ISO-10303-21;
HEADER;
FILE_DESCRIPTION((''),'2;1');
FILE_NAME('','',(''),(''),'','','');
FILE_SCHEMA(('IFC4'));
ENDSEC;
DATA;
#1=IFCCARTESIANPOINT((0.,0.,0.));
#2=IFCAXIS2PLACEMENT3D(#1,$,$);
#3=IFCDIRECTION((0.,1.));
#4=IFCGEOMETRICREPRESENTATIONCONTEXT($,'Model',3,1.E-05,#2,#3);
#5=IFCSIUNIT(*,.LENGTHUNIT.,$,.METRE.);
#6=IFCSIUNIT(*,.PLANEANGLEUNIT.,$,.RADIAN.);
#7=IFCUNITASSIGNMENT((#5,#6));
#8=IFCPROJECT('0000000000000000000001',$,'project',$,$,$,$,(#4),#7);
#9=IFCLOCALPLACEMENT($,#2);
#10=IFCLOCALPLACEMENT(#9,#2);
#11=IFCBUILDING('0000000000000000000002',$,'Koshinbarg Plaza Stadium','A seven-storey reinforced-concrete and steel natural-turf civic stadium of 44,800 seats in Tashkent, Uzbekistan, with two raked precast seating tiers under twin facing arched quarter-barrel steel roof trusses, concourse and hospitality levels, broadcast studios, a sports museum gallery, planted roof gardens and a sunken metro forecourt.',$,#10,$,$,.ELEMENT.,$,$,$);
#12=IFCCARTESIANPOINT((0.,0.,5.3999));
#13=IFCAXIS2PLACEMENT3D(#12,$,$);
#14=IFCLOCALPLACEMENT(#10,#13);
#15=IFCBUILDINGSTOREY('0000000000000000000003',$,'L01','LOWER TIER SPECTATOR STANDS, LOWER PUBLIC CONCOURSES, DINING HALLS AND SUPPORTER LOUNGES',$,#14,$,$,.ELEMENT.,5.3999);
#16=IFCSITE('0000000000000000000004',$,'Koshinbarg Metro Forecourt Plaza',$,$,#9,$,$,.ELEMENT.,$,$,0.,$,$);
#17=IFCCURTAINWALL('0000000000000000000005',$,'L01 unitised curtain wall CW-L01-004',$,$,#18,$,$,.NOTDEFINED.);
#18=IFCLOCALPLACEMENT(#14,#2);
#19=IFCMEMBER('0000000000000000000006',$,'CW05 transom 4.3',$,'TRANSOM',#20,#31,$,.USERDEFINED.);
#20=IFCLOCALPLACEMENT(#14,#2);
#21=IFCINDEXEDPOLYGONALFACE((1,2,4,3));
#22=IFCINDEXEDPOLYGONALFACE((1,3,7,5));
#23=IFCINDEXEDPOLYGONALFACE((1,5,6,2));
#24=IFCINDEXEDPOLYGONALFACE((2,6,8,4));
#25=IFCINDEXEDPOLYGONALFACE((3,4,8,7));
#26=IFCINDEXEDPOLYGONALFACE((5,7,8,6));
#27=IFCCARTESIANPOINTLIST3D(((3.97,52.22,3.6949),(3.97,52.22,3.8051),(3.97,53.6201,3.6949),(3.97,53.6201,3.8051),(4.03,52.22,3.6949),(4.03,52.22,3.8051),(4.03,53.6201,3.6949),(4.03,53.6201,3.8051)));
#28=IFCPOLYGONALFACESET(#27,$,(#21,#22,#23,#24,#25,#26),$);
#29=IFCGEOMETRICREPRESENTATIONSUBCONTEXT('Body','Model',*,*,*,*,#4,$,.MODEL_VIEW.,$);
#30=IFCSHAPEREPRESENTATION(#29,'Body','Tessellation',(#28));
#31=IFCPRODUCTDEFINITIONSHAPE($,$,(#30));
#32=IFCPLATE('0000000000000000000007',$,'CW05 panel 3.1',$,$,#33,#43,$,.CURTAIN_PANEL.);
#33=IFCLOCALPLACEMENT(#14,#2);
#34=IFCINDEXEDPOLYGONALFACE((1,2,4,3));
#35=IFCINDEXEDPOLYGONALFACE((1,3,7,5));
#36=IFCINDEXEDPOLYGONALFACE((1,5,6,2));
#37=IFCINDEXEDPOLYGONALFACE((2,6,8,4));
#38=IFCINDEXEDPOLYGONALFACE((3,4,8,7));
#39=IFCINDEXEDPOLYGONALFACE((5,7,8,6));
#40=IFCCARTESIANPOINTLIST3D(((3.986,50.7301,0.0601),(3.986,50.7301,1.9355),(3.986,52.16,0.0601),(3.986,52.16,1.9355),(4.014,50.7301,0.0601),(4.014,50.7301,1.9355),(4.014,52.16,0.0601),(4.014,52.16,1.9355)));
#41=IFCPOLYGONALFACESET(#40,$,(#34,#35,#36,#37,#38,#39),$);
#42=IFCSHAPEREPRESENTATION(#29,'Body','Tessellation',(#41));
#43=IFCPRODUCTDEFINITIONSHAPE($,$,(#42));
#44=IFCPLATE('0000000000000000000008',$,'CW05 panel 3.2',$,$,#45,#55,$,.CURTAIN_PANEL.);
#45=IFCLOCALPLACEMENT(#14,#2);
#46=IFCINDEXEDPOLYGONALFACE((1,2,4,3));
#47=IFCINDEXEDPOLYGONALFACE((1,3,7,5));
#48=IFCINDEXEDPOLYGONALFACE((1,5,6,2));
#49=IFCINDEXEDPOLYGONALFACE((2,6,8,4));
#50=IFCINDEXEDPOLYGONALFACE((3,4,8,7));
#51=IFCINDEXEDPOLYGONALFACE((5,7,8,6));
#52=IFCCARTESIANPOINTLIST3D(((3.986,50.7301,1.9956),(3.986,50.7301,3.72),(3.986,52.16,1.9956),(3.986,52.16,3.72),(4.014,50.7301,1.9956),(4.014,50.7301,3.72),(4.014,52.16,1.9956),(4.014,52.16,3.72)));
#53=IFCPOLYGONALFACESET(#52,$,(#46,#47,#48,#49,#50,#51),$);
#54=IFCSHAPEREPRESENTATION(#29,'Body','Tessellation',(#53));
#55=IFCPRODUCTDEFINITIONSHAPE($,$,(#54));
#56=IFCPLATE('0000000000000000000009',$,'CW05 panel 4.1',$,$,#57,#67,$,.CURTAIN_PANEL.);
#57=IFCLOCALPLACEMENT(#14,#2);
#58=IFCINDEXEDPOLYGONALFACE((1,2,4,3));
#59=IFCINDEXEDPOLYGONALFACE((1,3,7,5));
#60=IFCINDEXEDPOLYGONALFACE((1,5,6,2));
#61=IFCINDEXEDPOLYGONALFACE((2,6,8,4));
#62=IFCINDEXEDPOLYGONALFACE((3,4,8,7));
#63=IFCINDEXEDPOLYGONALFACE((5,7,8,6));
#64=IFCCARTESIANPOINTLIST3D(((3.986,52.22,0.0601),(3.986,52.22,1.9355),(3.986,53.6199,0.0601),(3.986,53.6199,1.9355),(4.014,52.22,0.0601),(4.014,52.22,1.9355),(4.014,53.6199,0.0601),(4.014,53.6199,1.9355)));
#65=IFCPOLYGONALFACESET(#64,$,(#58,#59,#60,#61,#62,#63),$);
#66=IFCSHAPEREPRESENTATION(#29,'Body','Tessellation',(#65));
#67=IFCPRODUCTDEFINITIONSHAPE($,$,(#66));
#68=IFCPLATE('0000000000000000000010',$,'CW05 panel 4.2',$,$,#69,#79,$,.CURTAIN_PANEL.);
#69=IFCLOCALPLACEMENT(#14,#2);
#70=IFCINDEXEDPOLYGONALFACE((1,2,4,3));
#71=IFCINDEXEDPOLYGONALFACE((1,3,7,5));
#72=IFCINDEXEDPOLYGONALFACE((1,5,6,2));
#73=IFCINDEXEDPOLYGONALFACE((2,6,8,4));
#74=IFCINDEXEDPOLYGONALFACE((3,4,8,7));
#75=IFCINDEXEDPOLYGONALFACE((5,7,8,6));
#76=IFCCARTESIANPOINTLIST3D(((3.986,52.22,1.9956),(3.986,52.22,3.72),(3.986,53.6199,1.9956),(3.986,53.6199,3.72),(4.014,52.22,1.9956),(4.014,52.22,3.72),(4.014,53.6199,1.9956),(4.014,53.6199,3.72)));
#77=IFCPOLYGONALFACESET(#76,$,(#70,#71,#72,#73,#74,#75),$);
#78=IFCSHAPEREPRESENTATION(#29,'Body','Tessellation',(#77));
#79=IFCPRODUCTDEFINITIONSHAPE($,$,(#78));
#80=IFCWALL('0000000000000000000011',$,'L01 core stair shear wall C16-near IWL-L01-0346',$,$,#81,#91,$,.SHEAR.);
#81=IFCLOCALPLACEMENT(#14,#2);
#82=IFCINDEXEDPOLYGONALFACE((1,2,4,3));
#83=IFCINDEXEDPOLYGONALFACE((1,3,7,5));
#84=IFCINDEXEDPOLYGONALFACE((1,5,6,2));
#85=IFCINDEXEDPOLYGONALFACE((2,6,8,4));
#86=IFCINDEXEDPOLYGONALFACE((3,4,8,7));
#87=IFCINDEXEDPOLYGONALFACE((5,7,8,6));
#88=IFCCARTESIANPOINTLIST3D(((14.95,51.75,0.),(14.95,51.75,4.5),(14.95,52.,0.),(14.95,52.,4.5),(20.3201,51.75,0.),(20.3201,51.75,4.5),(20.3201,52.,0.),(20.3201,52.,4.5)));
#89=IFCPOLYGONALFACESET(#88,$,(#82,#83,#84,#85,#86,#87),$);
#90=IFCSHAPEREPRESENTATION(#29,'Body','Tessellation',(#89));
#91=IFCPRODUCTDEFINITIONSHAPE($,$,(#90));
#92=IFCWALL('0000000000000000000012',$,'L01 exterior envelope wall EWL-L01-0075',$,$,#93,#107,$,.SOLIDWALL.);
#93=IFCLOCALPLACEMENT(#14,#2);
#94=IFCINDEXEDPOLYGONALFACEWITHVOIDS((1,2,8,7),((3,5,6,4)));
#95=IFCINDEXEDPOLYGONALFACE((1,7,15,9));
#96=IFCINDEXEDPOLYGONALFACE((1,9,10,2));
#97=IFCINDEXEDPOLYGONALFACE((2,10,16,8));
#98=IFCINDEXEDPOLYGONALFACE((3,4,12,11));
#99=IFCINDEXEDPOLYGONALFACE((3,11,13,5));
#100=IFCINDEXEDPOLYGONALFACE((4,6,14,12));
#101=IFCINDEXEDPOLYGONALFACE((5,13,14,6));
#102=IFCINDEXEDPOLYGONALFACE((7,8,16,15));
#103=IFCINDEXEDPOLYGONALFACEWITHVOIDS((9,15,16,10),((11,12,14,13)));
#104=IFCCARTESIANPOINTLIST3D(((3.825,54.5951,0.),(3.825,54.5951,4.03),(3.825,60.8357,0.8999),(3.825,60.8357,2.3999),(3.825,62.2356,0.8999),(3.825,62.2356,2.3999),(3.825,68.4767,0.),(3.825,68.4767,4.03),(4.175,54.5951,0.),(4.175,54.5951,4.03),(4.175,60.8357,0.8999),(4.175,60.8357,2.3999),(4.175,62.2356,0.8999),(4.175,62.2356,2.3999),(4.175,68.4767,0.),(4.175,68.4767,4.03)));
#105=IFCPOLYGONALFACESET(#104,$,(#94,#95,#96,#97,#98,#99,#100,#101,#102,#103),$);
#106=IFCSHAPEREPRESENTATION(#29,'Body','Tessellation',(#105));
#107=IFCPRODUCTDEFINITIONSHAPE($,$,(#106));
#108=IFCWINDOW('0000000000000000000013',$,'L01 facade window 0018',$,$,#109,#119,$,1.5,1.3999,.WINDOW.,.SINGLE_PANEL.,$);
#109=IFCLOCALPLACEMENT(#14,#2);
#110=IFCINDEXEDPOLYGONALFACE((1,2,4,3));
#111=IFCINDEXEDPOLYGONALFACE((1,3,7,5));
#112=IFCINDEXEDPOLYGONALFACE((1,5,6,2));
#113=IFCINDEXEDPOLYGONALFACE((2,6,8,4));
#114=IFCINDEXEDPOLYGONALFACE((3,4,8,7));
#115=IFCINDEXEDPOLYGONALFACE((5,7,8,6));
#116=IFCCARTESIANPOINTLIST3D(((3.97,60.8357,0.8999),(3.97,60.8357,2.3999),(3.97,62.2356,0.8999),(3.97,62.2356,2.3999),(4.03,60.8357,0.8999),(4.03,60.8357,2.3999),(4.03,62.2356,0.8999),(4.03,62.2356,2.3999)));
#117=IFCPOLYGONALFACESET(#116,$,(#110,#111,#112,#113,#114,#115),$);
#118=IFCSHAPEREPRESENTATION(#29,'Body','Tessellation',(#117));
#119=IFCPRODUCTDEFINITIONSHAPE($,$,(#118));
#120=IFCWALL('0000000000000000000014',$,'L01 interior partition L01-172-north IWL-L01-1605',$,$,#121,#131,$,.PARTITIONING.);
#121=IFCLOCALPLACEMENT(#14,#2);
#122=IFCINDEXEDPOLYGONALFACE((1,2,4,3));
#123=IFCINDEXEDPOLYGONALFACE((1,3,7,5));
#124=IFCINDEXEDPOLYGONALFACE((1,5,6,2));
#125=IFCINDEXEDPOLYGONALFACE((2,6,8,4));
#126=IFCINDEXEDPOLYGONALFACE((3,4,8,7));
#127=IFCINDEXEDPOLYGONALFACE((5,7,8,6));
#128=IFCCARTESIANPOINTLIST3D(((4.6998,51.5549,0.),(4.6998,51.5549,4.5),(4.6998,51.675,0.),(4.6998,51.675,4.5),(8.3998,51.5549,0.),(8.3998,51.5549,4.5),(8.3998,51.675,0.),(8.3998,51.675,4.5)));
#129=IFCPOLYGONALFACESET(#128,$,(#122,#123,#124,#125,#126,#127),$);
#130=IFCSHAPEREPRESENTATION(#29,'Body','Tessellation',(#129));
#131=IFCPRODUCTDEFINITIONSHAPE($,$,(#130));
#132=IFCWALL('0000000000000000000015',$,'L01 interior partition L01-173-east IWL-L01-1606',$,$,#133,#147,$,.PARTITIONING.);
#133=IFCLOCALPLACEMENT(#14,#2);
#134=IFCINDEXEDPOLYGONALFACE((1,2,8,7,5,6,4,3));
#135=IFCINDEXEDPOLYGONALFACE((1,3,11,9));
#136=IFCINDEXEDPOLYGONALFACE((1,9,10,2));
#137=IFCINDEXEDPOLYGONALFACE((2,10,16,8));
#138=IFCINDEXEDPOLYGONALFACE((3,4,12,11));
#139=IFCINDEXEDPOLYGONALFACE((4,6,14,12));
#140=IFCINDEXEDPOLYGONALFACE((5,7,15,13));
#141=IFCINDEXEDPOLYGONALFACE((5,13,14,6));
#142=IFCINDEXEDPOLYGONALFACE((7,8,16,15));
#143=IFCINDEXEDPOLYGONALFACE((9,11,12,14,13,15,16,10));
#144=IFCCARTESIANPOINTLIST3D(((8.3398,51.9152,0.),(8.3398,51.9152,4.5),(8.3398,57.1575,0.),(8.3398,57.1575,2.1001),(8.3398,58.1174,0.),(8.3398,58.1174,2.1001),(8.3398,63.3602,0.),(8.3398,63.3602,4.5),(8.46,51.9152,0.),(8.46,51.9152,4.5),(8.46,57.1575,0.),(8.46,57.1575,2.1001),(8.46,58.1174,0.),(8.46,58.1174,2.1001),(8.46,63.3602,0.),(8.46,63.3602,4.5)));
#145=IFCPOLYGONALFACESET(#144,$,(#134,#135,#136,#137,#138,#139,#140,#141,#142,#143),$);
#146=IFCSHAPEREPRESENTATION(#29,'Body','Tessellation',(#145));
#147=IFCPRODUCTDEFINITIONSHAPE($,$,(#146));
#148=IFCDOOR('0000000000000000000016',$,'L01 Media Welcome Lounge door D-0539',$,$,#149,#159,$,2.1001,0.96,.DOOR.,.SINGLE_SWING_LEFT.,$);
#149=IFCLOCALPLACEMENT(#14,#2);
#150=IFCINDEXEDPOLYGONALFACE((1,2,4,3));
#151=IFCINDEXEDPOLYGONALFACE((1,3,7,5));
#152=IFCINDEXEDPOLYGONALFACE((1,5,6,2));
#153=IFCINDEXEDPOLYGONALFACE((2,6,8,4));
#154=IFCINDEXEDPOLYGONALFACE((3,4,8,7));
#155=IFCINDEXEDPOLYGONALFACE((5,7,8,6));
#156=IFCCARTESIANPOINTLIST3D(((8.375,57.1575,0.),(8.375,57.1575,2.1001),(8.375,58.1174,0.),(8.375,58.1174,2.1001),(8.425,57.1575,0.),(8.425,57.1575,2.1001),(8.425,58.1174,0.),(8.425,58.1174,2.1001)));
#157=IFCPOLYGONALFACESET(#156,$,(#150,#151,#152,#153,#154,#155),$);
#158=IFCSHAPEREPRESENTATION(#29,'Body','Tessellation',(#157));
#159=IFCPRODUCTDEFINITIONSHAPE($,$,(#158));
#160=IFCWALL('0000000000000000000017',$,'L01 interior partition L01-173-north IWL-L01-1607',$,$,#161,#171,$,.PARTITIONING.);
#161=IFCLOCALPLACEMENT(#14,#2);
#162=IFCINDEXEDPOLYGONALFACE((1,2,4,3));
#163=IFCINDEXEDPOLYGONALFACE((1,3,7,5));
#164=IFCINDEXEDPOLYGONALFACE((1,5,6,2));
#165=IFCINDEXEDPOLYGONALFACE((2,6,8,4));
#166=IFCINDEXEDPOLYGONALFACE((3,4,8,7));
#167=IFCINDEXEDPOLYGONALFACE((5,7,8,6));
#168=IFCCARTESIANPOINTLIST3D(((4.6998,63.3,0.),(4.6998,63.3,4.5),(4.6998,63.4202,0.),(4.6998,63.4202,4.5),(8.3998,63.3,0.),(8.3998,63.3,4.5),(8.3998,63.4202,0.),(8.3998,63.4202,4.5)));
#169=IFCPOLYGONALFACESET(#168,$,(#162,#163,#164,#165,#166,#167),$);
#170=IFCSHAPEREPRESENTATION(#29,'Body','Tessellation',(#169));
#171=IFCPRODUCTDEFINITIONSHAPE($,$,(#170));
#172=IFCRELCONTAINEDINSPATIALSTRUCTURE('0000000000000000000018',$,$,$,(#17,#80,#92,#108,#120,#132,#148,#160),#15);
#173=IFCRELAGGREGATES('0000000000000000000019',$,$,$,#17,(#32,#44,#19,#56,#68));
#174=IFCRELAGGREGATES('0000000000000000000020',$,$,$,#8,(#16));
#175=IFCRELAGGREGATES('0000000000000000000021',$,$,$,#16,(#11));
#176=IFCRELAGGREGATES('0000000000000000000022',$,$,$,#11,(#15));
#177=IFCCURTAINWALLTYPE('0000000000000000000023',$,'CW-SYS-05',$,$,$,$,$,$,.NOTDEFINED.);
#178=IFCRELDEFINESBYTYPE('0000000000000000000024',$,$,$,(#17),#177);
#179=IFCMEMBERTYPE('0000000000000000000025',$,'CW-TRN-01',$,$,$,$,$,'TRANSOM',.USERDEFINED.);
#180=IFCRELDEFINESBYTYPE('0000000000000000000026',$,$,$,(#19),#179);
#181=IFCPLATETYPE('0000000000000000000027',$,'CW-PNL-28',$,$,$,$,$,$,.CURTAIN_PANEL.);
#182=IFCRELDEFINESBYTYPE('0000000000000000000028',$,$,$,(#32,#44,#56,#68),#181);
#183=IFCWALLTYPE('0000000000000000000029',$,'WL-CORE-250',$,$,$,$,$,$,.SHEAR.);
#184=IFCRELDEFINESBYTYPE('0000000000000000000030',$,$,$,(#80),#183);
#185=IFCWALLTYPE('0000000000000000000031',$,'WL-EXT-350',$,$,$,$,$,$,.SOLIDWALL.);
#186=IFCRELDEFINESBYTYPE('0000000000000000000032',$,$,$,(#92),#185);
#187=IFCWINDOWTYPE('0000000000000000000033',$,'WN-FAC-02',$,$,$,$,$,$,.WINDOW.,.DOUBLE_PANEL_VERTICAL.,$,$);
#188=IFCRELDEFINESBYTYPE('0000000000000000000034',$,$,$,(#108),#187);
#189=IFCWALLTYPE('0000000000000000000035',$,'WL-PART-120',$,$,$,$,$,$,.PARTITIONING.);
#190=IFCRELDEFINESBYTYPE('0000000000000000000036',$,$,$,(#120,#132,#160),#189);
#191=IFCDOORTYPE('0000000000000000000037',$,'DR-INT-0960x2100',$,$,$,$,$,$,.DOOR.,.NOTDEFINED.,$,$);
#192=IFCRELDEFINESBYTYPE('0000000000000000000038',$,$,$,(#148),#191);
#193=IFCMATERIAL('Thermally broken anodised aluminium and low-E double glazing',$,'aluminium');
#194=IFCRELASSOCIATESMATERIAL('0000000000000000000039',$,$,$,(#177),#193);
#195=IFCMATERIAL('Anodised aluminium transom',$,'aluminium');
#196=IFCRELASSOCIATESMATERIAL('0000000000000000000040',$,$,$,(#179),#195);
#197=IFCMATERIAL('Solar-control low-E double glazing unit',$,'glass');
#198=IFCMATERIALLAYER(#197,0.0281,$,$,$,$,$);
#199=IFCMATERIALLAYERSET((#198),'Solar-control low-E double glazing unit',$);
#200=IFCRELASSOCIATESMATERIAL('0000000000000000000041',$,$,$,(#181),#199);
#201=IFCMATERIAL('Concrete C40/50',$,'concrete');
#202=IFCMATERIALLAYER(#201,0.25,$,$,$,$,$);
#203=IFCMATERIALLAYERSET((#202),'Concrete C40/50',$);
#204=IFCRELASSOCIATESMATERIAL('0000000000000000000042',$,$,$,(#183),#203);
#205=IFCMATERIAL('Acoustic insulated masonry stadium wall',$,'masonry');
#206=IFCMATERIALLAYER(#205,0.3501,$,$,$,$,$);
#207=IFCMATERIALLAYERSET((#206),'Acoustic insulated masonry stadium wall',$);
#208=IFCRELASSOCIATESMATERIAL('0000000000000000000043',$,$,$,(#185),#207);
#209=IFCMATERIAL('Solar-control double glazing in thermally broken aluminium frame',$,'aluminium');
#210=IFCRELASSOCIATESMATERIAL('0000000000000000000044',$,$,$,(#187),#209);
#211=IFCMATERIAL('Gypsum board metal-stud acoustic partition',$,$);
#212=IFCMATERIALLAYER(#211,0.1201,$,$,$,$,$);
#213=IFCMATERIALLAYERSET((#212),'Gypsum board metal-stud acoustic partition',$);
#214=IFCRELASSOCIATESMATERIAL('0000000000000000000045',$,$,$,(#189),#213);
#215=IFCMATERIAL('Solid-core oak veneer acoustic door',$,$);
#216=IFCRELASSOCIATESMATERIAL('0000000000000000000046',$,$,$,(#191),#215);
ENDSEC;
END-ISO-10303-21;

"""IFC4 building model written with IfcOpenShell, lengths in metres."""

from ifc_helpers import new_model, si_unit, direction, frame, frame_2d, origin, origin_2d, place, context, subcontext, project, spatial, rectangle, extrude, material, layer, layer_set, material_profile, profile_set, type_object, element, fill, aggregate, save


model = new_model("IFC4")

# Units and contexts
model_context = context("Model", 3, precision=1e-05, world=origin(), true_north=direction((0.0, 1.0)))
body_context = subcontext(model_context, "Body", "Model", "MODEL_VIEW")
ifc_project = project(units=[si_unit("LENGTHUNIT", "METRE"), si_unit("PLANEANGLEUNIT", "RADIAN")], contexts=[model_context])

# Site, building, storey
site_placement = place(None, origin())
site = spatial("IfcSite", under=ifc_project, at=site_placement, Name="Koshinbarg Metro Forecourt Plaza", CompositionType="ELEMENT", RefElevation=0.0)
building_placement = place(site_placement, origin())
building = spatial("IfcBuilding", under=site, at=building_placement, Name="Koshinbarg Plaza Stadium", Description="A seven-storey reinforced-concrete and steel natural-turf civic stadium of 44,800 seats in Tashkent, Uzbekistan, with two raked precast seating tiers under twin facing arched quarter-barrel steel roof trusses, concourse and hospitality levels, broadcast studios, a sports museum gallery, planted roof gardens and a sunken metro forecourt.", CompositionType="ELEMENT")
storey_placement = place(building_placement, frame((0.0, 0.0, 5.3999)))
storey = spatial("IfcBuildingStorey", under=building, at=storey_placement, Name="L01", Description="LOWER TIER SPECTATOR STANDS, LOWER PUBLIC CONCOURSES, DINING HALLS AND SUPPORTER LOUNGES", CompositionType="ELEMENT", Elevation=5.3999)

# Shared definitions
ifc_material_1 = material(Name="Concrete C40/50", Category="concrete")

# Curtain wall, member, plates
ifc_material_2 = material(Name="Thermally broken anodised aluminium and low-E double glazing", Category="aluminium")
curtain_wall_type = type_object("IfcCurtainWallType", Name="CW-SYS-05", PredefinedType="NOTDEFINED", material=ifc_material_2)
curtain_wall_placement = place(storey_placement, origin())
curtain_wall = element("IfcCurtainWall", 1, at=curtain_wall_placement, inside=storey, type_object=curtain_wall_type, Name="L01 unitised curtain wall CW-L01-004", PredefinedType="NOTDEFINED")
ifc_material_3 = material(Name="Anodised aluminium transom", Category="aluminium")
ifc_material_profile_1 = material_profile(ifc_material_3, rectangle(XDim=0.0601, YDim=0.1101, at=origin_2d()), Name="ALU 60x110")
ifc_profile_set_1 = profile_set([ifc_material_profile_1], Name="Anodised aluminium transom")
member_type_1 = type_object("IfcMemberType", Name="CW-TRN-01", ElementType="TRANSOM", PredefinedType="USERDEFINED", material=ifc_profile_set_1)
member_1_placement = place(storey_placement, frame((4.0, 52.22, 3.75), z_axis=(0.0, 1.0, 0.0), x_axis=(-1.0, 0.0, 0.0)))
member_1 = element("IfcMember", 2, at=member_1_placement, type_object=member_type_1, Name="CW05 transom 4.3", ObjectType="TRANSOM", PredefinedType="USERDEFINED", context=body_context, shape_type="SweptSolid", body=[
    extrude(rectangle(XDim=0.0601, YDim=0.1101, at=origin_2d()), origin(), (0.0, 0.0, 1.0), 1.4001),
])
ifc_material_4 = material(Name="Solar-control low-E double glazing unit", Category="glass")
ifc_layer_1 = layer(ifc_material_4, 0.0281)
ifc_layer_set_1 = layer_set([ifc_layer_1], Name="Solar-control low-E double glazing unit")
plate_type = type_object("IfcPlateType", Name="CW-PNL-28", PredefinedType="CURTAIN_PANEL", material=ifc_layer_set_1)
plate_1_placement = place(storey_placement, frame((4.0, 51.4451, 0.0601), z_axis=(0.0, 0.0, 1.0), x_axis=(0.0, 1.0, 0.0)))
plate_1 = element("IfcPlate", 3, at=plate_1_placement, type_object=plate_type, Name="CW05 panel 3.1", PredefinedType="CURTAIN_PANEL", context=body_context, shape_type="SweptSolid", body=[
    extrude(rectangle(XDim=1.4299, YDim=0.0281, at=origin_2d()), origin(), (0.0, 0.0, 1.0), 1.8755),
])
plate_2_placement = place(storey_placement, frame((4.0, 51.4451, 1.9956), z_axis=(0.0, 0.0, 1.0), x_axis=(0.0, 1.0, 0.0)))
plate_2 = element("IfcPlate", 4, at=plate_2_placement, type_object=plate_type, Name="CW05 panel 3.2", PredefinedType="CURTAIN_PANEL", context=body_context, shape_type="SweptSolid", body=[
    extrude(rectangle(XDim=1.4299, YDim=0.0281, at=origin_2d()), origin(), (0.0, 0.0, 1.0), 1.7244),
])
plate_3_placement = place(storey_placement, frame((4.0, 52.9199, 0.0601), z_axis=(0.0, 0.0, 1.0), x_axis=(0.0, 1.0, 0.0)))
plate_3 = element("IfcPlate", 5, at=plate_3_placement, type_object=plate_type, Name="CW05 panel 4.1", PredefinedType="CURTAIN_PANEL", context=body_context, shape_type="SweptSolid", body=[
    extrude(rectangle(XDim=1.3999, YDim=0.0281, at=origin_2d()), origin(), (0.0, 0.0, 1.0), 1.8755),
])
plate_4_placement = place(storey_placement, frame((4.0, 52.9199, 1.9956), z_axis=(0.0, 0.0, 1.0), x_axis=(0.0, 1.0, 0.0)))
plate_4 = element("IfcPlate", 6, at=plate_4_placement, type_object=plate_type, Name="CW05 panel 4.2", PredefinedType="CURTAIN_PANEL", context=body_context, shape_type="SweptSolid", body=[
    extrude(rectangle(XDim=1.3999, YDim=0.0281, at=origin_2d()), origin(), (0.0, 0.0, 1.0), 1.7244),
])
aggregate(curtain_wall, [plate_1, plate_2, member_1, plate_3, plate_4])

# Wall
ifc_layer_2 = layer(ifc_material_1, 0.25)
ifc_layer_set_2 = layer_set([ifc_layer_2], Name="Concrete C40/50")
wall_type_1 = type_object("IfcWallType", Name="WL-CORE-250", PredefinedType="SHEAR", material=ifc_layer_set_2)
wall_1_placement = place(storey_placement, frame((14.95, 51.875, 0.0), z_axis=(0.0, 0.0, 1.0), x_axis=(1.0, 0.0, 0.0)))
element("IfcWall", 7, at=wall_1_placement, inside=storey, type_object=wall_type_1, Name="L01 core stair shear wall C16-near IWL-L01-0346", PredefinedType="SHEAR", context=body_context, shape_type="SweptSolid", body=[
    extrude(rectangle(XDim=5.3701, YDim=0.25, at=frame_2d((2.6851, 0.0))), origin(), (0.0, 0.0, 1.0), 4.5),
])

# Wall, opening, window
ifc_material_5 = material(Name="Acoustic insulated masonry stadium wall", Category="masonry")
ifc_layer_3 = layer(ifc_material_5, 0.3501)
ifc_layer_set_3 = layer_set([ifc_layer_3], Name="Acoustic insulated masonry stadium wall")
wall_type_2 = type_object("IfcWallType", Name="WL-EXT-350", PredefinedType="SOLIDWALL", material=ifc_layer_set_3)
wall_2_placement = place(storey_placement, frame((4.0, 54.595, 0.0), z_axis=(0.0, 0.0, 1.0), x_axis=(0.0, 1.0, 0.0)))
wall_2 = element("IfcWall", 8, at=wall_2_placement, inside=storey, type_object=wall_type_2, Name="L01 exterior envelope wall EWL-L01-0075", PredefinedType="SOLIDWALL", context=body_context, shape_type="SweptSolid", body=[
    extrude(rectangle(XDim=13.8816, YDim=0.3501, at=frame_2d((6.9409, 0.0))), origin(), (0.0, 0.0, 1.0), 4.03),
])
opening_1_placement = place(wall_2_placement, frame((6.2407, 0.0, 0.8999)))
opening_1 = element("IfcOpeningElement", 9, at=opening_1_placement, cuts=wall_2, PredefinedType="OPENING", context=body_context, shape_type="SweptSolid", body=[
    extrude(rectangle(XDim=1.3999, YDim=1.5, at=frame_2d((0.7, 0.75))), frame((0.0, 0.1851, 0.0), z_axis=(0.0, -1.0, 0.0), x_axis=(1.0, 0.0, 0.0)), (0.0, 0.0, 1.0), 0.3701),
])
ifc_material_6 = material(Name="Solar-control double glazing in thermally broken aluminium frame", Category="aluminium")
window_type = type_object("IfcWindowType", Name="WN-FAC-02", PartitioningType="DOUBLE_PANEL_VERTICAL", PredefinedType="WINDOW", material=ifc_material_6)
window_placement = place(opening_1_placement, origin())
window = element("IfcWindow", 10, at=window_placement, inside=storey, type_object=window_type, Name="L01 facade window 0018", OverallHeight=1.5, OverallWidth=1.3999, PartitioningType="SINGLE_PANEL", PredefinedType="WINDOW", context=body_context, shape_type="SweptSolid", body=[
    extrude(rectangle(XDim=1.3999, YDim=1.5, at=frame_2d((0.7, 0.75))), frame((0.0, 0.03, 0.0), z_axis=(0.0, -1.0, 0.0), x_axis=(1.0, 0.0, 0.0)), (0.0, 0.0, 1.0), 0.0601),
])
fill(opening_1, window)

# Wall
ifc_material_7 = material(Name="Gypsum board metal-stud acoustic partition")
ifc_layer_4 = layer(ifc_material_7, 0.1201)
ifc_layer_set_4 = layer_set([ifc_layer_4], Name="Gypsum board metal-stud acoustic partition")
wall_type_3 = type_object("IfcWallType", Name="WL-PART-120", PredefinedType="PARTITIONING", material=ifc_layer_set_4)
wall_3_placement = place(storey_placement, frame((8.3999, 51.615, 0.0), z_axis=(0.0, 0.0, 1.0), x_axis=(-1.0, 0.0, 0.0)))
element("IfcWall", 11, at=wall_3_placement, inside=storey, type_object=wall_type_3, Name="L01 interior partition L01-172-north IWL-L01-1605", PredefinedType="PARTITIONING", context=body_context, shape_type="SweptSolid", body=[
    extrude(rectangle(XDim=3.7, YDim=0.1201, at=frame_2d((1.8501, 0.0))), origin(), (0.0, 0.0, 1.0), 4.5),
])

# Wall, opening, door
wall_4_placement = place(storey_placement, frame((8.3999, 51.915, 0.0), z_axis=(0.0, 0.0, 1.0), x_axis=(0.0, 1.0, 0.0)))
wall_4 = element("IfcWall", 12, at=wall_4_placement, inside=storey, type_object=wall_type_3, Name="L01 interior partition L01-173-east IWL-L01-1606", PredefinedType="PARTITIONING", context=body_context, shape_type="SweptSolid", body=[
    extrude(rectangle(XDim=11.4451, YDim=0.1201, at=frame_2d((5.7227, 0.0))), origin(), (0.0, 0.0, 1.0), 4.5),
])
opening_2_placement = place(wall_4_placement, frame((5.2424, 0.0, 0.0)))
opening_2 = element("IfcOpeningElement", 13, at=opening_2_placement, cuts=wall_4, PredefinedType="OPENING", context=body_context, shape_type="SweptSolid", body=[
    extrude(rectangle(XDim=0.96, YDim=2.1001, at=frame_2d((0.48, 1.05))), frame((0.0, 0.0701, 0.0), z_axis=(0.0, -1.0, 0.0), x_axis=(1.0, 0.0, 0.0)), (0.0, 0.0, 1.0), 0.1401),
])
ifc_material_8 = material(Name="Solid-core oak veneer acoustic door")
door_type_1 = type_object("IfcDoorType", Name="DR-INT-0960x2100", OperationType="NOTDEFINED", PredefinedType="DOOR", material=ifc_material_8)
door_1_placement = place(opening_2_placement, origin())
door_1 = element("IfcDoor", 14, at=door_1_placement, inside=storey, type_object=door_type_1, Name="L01 Media Welcome Lounge door D-0539", OperationType="SINGLE_SWING_LEFT", OverallHeight=2.1001, OverallWidth=0.96, PredefinedType="DOOR", context=body_context, shape_type="SweptSolid", body=[
    extrude(rectangle(XDim=0.96, YDim=2.1001, at=frame_2d((0.48, 1.05))), frame((0.0, 0.0249, 0.0), z_axis=(0.0, -1.0, 0.0), x_axis=(1.0, 0.0, 0.0)), (0.0, 0.0, 1.0), 0.05),
])
fill(opening_2, door_1)

# Wall
wall_5_placement = place(storey_placement, frame((8.3999, 63.3601, 0.0), z_axis=(0.0, 0.0, 1.0), x_axis=(-1.0, 0.0, 0.0)))
element("IfcWall", 15, at=wall_5_placement, inside=storey, type_object=wall_type_3, Name="L01 interior partition L01-173-north IWL-L01-1607", PredefinedType="PARTITIONING", context=body_context, shape_type="SweptSolid", body=[
    extrude(rectangle(XDim=3.7, YDim=0.1201, at=frame_2d((1.8501, 0.0))), origin(), (0.0, 0.0, 1.0), 4.5),
])

save(model, "model.ifc")
